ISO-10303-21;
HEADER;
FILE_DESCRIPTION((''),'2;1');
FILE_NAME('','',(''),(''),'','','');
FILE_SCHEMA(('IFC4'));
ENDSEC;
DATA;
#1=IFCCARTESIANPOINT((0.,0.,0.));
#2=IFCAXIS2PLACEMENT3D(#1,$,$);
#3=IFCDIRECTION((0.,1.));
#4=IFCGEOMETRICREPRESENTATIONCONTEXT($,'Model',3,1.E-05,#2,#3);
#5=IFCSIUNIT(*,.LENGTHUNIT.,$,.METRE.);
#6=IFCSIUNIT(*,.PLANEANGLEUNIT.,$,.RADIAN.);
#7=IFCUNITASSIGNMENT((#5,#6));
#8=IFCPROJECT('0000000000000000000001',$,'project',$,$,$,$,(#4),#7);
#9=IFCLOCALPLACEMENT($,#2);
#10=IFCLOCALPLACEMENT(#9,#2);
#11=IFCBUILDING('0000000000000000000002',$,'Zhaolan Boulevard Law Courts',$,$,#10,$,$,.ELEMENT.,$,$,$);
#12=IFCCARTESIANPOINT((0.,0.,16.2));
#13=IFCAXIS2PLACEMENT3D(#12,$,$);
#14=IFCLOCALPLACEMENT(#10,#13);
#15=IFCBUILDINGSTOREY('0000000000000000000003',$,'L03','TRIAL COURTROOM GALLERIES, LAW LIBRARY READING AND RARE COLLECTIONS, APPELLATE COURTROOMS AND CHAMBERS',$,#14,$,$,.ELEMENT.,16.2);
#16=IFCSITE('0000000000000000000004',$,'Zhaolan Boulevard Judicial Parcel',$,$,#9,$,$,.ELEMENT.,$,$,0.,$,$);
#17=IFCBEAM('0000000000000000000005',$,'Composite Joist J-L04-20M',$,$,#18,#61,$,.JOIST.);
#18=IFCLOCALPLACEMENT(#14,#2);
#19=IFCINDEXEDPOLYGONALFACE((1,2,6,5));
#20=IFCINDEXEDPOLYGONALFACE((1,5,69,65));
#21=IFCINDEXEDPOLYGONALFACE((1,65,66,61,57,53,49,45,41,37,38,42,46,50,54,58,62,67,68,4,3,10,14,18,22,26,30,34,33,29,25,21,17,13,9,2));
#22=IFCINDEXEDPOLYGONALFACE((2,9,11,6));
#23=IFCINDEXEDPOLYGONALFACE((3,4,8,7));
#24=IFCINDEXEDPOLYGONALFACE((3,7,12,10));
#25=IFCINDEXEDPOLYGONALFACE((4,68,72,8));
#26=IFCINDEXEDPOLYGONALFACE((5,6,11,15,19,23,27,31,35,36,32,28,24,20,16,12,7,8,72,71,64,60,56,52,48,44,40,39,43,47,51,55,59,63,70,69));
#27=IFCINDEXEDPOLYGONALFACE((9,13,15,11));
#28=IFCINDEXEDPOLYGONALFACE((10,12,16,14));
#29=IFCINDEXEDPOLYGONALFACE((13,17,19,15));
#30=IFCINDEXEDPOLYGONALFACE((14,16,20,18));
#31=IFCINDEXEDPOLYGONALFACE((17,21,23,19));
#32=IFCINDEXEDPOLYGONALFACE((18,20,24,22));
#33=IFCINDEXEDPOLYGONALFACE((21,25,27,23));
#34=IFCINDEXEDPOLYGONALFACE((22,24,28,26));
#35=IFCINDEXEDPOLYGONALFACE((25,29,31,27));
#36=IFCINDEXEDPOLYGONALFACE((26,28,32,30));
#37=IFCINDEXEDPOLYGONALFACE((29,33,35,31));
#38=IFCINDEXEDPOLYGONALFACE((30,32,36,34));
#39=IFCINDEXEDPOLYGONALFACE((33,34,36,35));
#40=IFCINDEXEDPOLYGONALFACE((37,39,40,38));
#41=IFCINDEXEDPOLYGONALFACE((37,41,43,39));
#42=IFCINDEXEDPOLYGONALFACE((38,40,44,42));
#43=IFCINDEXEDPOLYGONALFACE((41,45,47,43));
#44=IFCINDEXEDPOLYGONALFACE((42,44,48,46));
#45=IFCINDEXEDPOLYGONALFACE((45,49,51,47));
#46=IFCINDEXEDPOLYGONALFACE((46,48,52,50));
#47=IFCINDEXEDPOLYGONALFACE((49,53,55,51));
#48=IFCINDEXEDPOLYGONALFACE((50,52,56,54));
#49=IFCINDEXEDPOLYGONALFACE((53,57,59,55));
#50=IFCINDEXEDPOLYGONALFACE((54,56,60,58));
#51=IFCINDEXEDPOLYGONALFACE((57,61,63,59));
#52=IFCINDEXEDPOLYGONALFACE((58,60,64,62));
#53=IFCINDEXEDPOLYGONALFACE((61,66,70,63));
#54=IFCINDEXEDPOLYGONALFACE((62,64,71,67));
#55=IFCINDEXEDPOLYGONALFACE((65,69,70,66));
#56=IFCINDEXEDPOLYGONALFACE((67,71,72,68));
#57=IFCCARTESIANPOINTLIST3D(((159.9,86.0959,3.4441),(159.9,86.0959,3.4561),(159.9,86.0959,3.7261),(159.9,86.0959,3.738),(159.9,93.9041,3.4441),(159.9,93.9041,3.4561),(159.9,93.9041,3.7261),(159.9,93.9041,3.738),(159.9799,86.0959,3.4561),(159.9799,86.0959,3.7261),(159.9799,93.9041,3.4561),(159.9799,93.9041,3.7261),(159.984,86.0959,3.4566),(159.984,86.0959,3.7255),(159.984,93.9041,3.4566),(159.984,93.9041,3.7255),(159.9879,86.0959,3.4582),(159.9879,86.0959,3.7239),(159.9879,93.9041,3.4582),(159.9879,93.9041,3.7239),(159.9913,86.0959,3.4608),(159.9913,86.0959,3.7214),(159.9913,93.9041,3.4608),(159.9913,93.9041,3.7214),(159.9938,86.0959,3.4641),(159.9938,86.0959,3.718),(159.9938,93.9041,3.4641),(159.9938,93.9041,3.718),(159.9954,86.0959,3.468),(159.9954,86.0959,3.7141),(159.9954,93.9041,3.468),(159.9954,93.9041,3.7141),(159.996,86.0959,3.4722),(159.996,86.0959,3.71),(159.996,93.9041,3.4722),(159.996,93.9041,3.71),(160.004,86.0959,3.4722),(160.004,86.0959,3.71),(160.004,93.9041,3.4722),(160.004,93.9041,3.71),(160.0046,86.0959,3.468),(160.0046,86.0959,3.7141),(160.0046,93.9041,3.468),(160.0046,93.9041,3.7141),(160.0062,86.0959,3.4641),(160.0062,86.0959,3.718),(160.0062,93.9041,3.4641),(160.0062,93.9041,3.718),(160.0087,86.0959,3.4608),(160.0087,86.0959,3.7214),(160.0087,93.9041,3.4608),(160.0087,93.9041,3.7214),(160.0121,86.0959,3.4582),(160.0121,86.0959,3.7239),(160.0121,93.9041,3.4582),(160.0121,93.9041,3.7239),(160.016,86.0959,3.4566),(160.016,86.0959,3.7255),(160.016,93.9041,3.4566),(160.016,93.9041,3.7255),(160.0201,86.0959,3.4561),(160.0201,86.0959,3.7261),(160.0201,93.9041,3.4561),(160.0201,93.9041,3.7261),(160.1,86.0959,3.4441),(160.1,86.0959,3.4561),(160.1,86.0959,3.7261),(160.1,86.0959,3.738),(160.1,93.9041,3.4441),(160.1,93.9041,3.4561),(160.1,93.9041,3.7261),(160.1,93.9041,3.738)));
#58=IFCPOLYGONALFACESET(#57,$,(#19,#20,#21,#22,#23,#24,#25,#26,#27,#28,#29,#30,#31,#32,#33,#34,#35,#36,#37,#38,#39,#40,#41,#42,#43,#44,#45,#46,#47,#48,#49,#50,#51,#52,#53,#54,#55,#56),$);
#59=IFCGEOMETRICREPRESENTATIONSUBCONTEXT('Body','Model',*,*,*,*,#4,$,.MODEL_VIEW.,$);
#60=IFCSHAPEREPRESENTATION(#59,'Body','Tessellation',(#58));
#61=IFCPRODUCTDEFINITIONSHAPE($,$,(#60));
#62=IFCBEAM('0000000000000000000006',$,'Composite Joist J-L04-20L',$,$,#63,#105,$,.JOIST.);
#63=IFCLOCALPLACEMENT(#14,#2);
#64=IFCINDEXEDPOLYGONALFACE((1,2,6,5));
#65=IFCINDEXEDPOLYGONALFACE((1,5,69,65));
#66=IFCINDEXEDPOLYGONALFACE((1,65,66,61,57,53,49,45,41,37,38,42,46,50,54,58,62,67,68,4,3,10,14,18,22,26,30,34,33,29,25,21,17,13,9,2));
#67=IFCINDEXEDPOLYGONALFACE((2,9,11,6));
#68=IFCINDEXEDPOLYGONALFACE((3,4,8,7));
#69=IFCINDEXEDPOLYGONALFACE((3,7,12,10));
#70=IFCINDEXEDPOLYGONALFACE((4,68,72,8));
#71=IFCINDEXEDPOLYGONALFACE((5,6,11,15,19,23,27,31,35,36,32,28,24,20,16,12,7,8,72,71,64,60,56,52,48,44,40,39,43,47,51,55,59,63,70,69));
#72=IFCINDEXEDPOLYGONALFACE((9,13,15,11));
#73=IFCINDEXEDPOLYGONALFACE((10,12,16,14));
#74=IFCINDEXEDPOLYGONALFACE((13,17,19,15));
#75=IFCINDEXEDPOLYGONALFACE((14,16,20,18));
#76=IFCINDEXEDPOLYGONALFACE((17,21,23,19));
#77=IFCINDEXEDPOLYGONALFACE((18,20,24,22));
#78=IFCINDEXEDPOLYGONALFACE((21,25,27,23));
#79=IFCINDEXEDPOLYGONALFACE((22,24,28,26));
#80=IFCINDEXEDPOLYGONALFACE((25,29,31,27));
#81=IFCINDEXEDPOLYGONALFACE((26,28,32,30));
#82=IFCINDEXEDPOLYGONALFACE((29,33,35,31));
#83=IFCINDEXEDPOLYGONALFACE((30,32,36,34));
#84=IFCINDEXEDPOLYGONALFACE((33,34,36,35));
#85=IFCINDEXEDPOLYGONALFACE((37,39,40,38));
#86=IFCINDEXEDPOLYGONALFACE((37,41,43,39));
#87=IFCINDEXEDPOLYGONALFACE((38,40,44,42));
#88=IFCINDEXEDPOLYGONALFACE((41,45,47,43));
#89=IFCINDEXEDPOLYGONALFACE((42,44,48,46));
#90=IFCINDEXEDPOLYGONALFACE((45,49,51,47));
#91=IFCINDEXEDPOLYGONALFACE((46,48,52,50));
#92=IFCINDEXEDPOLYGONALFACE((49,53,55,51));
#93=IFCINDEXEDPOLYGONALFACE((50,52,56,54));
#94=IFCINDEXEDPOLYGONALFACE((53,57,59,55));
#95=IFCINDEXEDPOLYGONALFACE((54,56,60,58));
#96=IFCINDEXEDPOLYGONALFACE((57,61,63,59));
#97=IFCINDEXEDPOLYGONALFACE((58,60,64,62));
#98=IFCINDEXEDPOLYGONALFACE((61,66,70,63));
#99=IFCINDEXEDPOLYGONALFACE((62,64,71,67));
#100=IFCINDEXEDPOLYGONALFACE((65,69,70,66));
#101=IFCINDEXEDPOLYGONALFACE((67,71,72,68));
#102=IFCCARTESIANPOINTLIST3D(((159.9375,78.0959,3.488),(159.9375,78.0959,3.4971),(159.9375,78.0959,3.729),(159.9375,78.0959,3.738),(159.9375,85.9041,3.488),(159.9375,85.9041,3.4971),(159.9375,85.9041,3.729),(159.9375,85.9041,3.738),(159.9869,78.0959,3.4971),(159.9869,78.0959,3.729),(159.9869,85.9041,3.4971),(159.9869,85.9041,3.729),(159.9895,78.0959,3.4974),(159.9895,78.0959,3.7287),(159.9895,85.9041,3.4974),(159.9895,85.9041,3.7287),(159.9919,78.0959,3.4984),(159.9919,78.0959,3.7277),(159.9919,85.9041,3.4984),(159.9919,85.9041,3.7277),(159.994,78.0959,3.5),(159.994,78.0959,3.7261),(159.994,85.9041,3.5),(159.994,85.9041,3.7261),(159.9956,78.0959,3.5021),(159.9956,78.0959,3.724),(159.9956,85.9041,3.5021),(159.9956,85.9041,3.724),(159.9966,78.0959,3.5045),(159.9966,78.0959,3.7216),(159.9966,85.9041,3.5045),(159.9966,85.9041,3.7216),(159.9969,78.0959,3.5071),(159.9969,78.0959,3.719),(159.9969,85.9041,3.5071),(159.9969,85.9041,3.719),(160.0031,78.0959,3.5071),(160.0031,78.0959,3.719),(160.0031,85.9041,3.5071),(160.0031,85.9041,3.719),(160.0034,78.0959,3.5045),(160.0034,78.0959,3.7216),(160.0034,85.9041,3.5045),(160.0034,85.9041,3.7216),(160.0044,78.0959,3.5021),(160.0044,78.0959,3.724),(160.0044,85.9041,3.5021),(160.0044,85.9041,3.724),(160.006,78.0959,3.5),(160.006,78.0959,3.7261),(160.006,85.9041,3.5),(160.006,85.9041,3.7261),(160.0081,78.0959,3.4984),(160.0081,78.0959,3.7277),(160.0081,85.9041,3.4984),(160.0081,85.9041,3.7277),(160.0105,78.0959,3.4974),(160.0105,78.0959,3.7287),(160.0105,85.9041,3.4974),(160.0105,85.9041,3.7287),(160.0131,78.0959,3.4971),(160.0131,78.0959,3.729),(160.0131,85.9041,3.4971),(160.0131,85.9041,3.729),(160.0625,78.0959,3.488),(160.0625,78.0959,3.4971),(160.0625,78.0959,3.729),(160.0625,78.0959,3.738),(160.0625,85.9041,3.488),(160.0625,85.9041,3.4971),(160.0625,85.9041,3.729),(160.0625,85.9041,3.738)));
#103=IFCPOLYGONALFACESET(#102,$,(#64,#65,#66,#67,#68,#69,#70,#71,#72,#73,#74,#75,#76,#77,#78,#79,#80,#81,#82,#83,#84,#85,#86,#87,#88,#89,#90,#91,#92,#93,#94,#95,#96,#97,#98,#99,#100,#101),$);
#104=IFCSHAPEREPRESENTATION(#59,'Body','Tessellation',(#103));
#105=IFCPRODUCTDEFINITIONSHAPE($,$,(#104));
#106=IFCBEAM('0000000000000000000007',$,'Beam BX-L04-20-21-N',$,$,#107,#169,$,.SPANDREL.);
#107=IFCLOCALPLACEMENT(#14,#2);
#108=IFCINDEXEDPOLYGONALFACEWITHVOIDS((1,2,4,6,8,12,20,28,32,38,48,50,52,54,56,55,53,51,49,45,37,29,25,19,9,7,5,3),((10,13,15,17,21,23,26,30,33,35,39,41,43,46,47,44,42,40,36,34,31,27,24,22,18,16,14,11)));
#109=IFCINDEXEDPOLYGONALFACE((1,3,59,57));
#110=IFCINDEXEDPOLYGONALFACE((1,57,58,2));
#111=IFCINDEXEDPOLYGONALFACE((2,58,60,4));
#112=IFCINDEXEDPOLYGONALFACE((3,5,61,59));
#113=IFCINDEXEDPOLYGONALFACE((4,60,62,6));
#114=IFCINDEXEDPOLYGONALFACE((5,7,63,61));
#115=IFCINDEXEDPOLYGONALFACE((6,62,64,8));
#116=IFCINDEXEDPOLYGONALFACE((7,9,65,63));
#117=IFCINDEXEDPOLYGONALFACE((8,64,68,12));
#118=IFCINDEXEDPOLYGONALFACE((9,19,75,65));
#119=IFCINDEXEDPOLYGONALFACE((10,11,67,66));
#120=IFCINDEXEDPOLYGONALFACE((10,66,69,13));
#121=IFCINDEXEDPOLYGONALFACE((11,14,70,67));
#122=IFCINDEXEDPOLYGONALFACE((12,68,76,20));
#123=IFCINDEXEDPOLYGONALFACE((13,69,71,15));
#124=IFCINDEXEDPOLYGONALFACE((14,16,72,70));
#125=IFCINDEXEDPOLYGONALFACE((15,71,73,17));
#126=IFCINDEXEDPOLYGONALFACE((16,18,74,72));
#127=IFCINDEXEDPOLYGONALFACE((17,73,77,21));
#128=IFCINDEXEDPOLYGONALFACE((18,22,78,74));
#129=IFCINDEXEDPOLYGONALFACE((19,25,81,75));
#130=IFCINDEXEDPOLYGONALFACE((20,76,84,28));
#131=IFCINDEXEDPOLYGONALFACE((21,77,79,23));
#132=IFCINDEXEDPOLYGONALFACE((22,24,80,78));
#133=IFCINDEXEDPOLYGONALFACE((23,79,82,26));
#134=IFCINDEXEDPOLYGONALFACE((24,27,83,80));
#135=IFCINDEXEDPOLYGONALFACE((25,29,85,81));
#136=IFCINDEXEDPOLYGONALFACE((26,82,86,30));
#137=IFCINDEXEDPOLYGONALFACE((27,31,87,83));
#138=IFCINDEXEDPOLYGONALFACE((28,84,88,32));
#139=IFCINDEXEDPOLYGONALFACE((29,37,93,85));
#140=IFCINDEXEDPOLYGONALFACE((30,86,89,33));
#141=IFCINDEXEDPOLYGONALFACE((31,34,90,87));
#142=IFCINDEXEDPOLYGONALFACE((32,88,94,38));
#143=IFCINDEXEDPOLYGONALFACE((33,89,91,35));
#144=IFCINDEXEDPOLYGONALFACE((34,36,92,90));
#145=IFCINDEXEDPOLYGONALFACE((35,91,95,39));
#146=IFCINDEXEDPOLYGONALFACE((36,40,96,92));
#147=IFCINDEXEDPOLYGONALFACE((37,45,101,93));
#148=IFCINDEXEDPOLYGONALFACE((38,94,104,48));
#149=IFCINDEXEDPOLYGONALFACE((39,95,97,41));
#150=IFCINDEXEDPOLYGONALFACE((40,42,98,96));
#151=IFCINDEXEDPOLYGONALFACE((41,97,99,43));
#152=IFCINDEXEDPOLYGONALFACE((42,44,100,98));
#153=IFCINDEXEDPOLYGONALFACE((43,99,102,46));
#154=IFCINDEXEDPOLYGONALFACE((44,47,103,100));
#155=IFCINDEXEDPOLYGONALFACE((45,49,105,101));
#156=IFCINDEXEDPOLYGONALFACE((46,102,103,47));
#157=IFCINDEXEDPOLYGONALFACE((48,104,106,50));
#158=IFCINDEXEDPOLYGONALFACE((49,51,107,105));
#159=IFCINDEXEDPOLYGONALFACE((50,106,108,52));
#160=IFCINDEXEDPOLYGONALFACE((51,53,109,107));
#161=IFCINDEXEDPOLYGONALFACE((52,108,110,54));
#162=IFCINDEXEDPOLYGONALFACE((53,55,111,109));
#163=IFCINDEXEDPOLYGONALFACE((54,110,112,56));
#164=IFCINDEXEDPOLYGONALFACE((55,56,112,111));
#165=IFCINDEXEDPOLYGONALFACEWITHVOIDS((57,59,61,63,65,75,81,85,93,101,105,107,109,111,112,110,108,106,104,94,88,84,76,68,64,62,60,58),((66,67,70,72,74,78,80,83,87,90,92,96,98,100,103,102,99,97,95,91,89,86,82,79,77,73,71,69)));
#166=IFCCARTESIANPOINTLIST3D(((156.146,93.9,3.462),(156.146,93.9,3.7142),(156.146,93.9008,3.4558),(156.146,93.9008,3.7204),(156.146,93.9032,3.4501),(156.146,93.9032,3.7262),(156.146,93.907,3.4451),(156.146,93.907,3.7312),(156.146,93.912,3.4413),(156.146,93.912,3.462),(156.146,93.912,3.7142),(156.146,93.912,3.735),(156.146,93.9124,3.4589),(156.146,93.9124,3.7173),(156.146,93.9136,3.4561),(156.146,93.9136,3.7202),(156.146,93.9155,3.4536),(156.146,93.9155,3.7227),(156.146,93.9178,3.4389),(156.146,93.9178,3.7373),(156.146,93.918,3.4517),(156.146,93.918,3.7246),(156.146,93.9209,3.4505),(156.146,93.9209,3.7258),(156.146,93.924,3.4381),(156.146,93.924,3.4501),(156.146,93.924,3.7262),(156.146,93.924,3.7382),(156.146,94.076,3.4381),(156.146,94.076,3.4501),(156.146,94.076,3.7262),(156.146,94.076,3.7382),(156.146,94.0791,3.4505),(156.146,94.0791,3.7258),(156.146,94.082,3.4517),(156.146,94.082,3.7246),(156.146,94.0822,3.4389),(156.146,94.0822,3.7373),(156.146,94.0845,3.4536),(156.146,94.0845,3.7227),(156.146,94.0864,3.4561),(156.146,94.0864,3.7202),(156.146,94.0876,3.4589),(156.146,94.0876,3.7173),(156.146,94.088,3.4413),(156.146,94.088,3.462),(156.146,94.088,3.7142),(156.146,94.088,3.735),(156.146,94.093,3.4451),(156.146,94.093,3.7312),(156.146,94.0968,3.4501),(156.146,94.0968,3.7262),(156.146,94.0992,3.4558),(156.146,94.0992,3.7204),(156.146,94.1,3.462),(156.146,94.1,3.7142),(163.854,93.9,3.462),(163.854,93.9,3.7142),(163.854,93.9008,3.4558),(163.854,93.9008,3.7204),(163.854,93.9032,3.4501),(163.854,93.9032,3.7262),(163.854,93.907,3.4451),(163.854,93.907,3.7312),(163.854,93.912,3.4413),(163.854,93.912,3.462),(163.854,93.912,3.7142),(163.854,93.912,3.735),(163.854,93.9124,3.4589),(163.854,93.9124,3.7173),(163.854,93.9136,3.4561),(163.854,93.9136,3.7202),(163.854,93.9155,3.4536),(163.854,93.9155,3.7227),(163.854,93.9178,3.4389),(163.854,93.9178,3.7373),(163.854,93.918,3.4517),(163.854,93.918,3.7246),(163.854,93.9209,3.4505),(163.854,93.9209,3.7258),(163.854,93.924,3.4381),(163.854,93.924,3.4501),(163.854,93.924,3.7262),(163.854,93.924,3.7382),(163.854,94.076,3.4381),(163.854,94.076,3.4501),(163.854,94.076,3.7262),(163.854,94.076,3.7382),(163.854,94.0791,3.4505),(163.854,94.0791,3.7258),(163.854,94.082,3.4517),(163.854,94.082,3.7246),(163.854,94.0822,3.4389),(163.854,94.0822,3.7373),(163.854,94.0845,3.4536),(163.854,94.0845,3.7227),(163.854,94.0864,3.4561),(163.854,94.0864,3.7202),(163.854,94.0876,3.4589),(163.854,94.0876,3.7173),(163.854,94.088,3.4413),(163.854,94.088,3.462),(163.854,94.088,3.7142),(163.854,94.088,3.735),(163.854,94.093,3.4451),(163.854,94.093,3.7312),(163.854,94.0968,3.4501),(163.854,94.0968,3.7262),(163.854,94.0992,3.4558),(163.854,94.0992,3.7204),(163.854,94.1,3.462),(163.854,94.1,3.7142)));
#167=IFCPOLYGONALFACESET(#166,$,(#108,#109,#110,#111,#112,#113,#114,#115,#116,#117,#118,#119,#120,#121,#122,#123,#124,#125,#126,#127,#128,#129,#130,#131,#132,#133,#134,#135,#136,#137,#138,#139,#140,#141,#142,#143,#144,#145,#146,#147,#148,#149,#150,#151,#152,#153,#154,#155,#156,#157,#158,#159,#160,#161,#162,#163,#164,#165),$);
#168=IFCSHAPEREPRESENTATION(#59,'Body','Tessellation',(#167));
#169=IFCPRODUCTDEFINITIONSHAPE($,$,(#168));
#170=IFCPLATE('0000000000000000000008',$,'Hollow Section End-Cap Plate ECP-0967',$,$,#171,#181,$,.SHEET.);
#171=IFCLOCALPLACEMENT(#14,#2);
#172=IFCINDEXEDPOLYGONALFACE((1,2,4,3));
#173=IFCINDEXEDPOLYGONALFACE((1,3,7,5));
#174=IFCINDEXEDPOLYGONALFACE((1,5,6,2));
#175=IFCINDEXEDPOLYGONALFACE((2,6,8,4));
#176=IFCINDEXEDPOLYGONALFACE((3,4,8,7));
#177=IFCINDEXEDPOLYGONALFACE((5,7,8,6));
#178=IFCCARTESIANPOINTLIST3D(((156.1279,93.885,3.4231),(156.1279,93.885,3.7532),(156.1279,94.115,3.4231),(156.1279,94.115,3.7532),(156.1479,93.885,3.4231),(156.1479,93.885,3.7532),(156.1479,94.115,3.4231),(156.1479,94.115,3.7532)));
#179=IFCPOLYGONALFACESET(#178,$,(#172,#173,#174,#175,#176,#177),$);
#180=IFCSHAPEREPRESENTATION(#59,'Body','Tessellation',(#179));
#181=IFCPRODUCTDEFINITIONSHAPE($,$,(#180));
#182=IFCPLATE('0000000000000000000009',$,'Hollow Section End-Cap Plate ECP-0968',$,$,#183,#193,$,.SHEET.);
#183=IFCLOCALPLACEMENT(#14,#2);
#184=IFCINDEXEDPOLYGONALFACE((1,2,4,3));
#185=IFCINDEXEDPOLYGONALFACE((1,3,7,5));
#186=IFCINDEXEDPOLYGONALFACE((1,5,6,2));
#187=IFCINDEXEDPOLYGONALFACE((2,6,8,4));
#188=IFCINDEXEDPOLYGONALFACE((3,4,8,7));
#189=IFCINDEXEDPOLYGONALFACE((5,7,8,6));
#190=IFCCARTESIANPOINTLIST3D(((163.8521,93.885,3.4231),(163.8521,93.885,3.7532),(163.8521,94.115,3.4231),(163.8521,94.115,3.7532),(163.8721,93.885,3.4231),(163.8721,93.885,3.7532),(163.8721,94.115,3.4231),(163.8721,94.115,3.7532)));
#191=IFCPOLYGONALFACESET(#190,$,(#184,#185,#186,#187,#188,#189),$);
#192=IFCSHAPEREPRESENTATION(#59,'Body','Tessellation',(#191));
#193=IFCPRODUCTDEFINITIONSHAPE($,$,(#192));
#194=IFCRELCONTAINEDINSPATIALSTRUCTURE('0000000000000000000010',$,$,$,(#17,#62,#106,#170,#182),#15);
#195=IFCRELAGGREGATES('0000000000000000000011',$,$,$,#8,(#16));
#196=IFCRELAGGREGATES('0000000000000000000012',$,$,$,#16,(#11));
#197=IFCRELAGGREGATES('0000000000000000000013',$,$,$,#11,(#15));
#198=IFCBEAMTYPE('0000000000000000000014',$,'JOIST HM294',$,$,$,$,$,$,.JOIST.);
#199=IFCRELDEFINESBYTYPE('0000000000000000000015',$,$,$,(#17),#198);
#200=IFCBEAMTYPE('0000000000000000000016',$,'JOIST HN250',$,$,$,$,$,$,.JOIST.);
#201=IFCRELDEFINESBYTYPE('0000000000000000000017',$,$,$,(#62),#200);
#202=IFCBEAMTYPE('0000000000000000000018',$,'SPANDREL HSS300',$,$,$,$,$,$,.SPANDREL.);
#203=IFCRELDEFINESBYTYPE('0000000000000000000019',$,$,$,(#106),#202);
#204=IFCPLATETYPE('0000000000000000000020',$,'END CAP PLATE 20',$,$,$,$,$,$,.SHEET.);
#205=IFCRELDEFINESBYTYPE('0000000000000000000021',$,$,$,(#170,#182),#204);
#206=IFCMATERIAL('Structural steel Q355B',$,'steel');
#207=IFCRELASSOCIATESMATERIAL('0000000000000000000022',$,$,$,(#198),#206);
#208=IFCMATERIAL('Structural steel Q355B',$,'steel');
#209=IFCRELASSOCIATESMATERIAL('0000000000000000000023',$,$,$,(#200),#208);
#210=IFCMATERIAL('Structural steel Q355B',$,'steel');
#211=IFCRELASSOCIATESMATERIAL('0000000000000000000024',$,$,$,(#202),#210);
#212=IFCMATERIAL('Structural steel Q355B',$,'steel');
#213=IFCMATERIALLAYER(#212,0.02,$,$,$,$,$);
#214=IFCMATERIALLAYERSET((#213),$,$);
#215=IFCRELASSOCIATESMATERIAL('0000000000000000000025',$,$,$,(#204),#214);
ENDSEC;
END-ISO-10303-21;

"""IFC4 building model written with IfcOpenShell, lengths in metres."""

from ifc_helpers import new_model, si_unit, direction, frame, origin, origin_2d, place, context, subcontext, project, spatial, rectangle, hollow_rectangle, i_section, extrude, material, layer, layer_set, material_profile, profile_set, type_object, element, save


model = new_model("IFC4")

# Units and contexts
model_context = context("Model", 3, precision=1e-05, world=origin(), true_north=direction((0.0, 1.0)))
body_context = subcontext(model_context, "Body", "Model", "MODEL_VIEW")
ifc_project = project(units=[si_unit("LENGTHUNIT", "METRE"), si_unit("PLANEANGLEUNIT", "RADIAN")], contexts=[model_context])

# Site, building, storey
site_placement = place(None, origin())
site = spatial("IfcSite", under=ifc_project, at=site_placement, Name="Zhaolan Boulevard Judicial Parcel", CompositionType="ELEMENT", RefElevation=0.0)
building_placement = place(site_placement, origin())
building = spatial("IfcBuilding", under=site, at=building_placement, Name="Zhaolan Boulevard Law Courts", CompositionType="ELEMENT")
storey_placement = place(building_placement, frame((0.0, 0.0, 16.2)))
storey = spatial("IfcBuildingStorey", under=building, at=storey_placement, Name="L03", Description="TRIAL COURTROOM GALLERIES, LAW LIBRARY READING AND RARE COLLECTIONS, APPELLATE COURTROOMS AND CHAMBERS", CompositionType="ELEMENT", Elevation=16.2)

# Beams
ifc_material_1 = material(Name="Structural steel Q355B", Category="steel")
ifc_material_profile_1 = material_profile(ifc_material_1, i_section(OverallWidth=0.2, OverallDepth=0.2939, WebThickness=0.0081, FlangeThickness=0.012, FilletRadius=0.0161, at=origin_2d()), Name="HM294x200")
ifc_profile_set_1 = profile_set([ifc_material_profile_1], Name="Structural steel Q355B")
beam_type_1 = type_object("IfcBeamType", Name="JOIST HM294", PredefinedType="JOIST", material=ifc_profile_set_1)
beam_1_placement = place(storey_placement, frame((160.0, 86.0959, 3.5911), z_axis=(0.0, 1.0, 0.0), x_axis=(-1.0, 0.0, 0.0)))
element("IfcBeam", 1, at=beam_1_placement, inside=storey, type_object=beam_type_1, Name="Composite Joist J-L04-20M", PredefinedType="JOIST", context=body_context, shape_type="SweptSolid", body=[
    extrude(i_section(OverallWidth=0.2, OverallDepth=0.2939, WebThickness=0.0081, FlangeThickness=0.012, FilletRadius=0.0161, at=origin_2d()), origin(), (0.0, 0.0, 1.0), 7.8081),
])
ifc_material_2 = material(Name="Structural steel Q355B", Category="steel")
ifc_material_profile_2 = material_profile(ifc_material_2, i_section(OverallWidth=0.125, OverallDepth=0.25, WebThickness=0.0061, FlangeThickness=0.009, FilletRadius=0.01, at=origin_2d()), Name="HN250x125")
ifc_profile_set_2 = profile_set([ifc_material_profile_2], Name="Structural steel Q355B")
beam_type_2 = type_object("IfcBeamType", Name="JOIST HN250", PredefinedType="JOIST", material=ifc_profile_set_2)
beam_2_placement = place(storey_placement, frame((160.0, 78.0959, 3.613), z_axis=(0.0, 1.0, 0.0), x_axis=(-1.0, 0.0, 0.0)))
element("IfcBeam", 2, at=beam_2_placement, inside=storey, type_object=beam_type_2, Name="Composite Joist J-L04-20L", PredefinedType="JOIST", context=body_context, shape_type="SweptSolid", body=[
    extrude(i_section(OverallWidth=0.125, OverallDepth=0.25, WebThickness=0.0061, FlangeThickness=0.009, FilletRadius=0.01, at=origin_2d()), origin(), (0.0, 0.0, 1.0), 7.8081),
])
ifc_material_3 = material(Name="Structural steel Q355B", Category="steel")
ifc_material_profile_3 = material_profile(ifc_material_3, hollow_rectangle(XDim=0.2, YDim=0.3, WallThickness=0.012, InnerFilletRadius=0.012, OuterFilletRadius=0.0239, at=origin_2d()), Name="HSS300x200x12")
ifc_profile_set_3 = profile_set([ifc_material_profile_3], Name="Structural steel Q355B")
beam_type_3 = type_object("IfcBeamType", Name="SPANDREL HSS300", PredefinedType="SPANDREL", material=ifc_profile_set_3)
beam_3_placement = place(storey_placement, frame((156.146, 94.0, 3.5881), z_axis=(1.0, 0.0, 0.0), x_axis=(0.0, 1.0, 0.0)))
element("IfcBeam", 3, at=beam_3_placement, inside=storey, type_object=beam_type_3, Name="Beam BX-L04-20-21-N", PredefinedType="SPANDREL", context=body_context, shape_type="SweptSolid", body=[
    extrude(hollow_rectangle(XDim=0.2, YDim=0.3, WallThickness=0.012, InnerFilletRadius=0.012, OuterFilletRadius=0.0239, at=origin_2d()), origin(), (0.0, 0.0, 1.0), 7.708),
])

# Plates
ifc_material_4 = material(Name="Structural steel Q355B", Category="steel")
ifc_layer_1 = layer(ifc_material_4, 0.02)
ifc_layer_set_1 = layer_set([ifc_layer_1])
plate_type_1 = type_object("IfcPlateType", Name="END CAP PLATE 20", PredefinedType="SHEET", material=ifc_layer_set_1)
for number, where, z_axis, x_axis, name in (
    (4, (156.1379, 94.0, 3.4231), (0.0, 0.0, 1.0), (1.0, 0.0, 0.0), "Hollow Section End-Cap Plate ECP-0967"),
    (5, (163.8621, 94.0, 3.4231), (0.0, 0.0, 1.0), (1.0, 0.0, 0.0), "Hollow Section End-Cap Plate ECP-0968"),
):
    element("IfcPlate", number, at=place(storey_placement, frame(where, z_axis=z_axis, x_axis=x_axis)), inside=storey, type_object=plate_type_1, Name=name, PredefinedType="SHEET", context=body_context, shape_type="SweptSolid", body=[
        extrude(rectangle(XDim=0.02, YDim=0.23, at=origin_2d()), origin(), (0.0, 0.0, 1.0), 0.3301),
    ])

save(model, "model.ifc")
